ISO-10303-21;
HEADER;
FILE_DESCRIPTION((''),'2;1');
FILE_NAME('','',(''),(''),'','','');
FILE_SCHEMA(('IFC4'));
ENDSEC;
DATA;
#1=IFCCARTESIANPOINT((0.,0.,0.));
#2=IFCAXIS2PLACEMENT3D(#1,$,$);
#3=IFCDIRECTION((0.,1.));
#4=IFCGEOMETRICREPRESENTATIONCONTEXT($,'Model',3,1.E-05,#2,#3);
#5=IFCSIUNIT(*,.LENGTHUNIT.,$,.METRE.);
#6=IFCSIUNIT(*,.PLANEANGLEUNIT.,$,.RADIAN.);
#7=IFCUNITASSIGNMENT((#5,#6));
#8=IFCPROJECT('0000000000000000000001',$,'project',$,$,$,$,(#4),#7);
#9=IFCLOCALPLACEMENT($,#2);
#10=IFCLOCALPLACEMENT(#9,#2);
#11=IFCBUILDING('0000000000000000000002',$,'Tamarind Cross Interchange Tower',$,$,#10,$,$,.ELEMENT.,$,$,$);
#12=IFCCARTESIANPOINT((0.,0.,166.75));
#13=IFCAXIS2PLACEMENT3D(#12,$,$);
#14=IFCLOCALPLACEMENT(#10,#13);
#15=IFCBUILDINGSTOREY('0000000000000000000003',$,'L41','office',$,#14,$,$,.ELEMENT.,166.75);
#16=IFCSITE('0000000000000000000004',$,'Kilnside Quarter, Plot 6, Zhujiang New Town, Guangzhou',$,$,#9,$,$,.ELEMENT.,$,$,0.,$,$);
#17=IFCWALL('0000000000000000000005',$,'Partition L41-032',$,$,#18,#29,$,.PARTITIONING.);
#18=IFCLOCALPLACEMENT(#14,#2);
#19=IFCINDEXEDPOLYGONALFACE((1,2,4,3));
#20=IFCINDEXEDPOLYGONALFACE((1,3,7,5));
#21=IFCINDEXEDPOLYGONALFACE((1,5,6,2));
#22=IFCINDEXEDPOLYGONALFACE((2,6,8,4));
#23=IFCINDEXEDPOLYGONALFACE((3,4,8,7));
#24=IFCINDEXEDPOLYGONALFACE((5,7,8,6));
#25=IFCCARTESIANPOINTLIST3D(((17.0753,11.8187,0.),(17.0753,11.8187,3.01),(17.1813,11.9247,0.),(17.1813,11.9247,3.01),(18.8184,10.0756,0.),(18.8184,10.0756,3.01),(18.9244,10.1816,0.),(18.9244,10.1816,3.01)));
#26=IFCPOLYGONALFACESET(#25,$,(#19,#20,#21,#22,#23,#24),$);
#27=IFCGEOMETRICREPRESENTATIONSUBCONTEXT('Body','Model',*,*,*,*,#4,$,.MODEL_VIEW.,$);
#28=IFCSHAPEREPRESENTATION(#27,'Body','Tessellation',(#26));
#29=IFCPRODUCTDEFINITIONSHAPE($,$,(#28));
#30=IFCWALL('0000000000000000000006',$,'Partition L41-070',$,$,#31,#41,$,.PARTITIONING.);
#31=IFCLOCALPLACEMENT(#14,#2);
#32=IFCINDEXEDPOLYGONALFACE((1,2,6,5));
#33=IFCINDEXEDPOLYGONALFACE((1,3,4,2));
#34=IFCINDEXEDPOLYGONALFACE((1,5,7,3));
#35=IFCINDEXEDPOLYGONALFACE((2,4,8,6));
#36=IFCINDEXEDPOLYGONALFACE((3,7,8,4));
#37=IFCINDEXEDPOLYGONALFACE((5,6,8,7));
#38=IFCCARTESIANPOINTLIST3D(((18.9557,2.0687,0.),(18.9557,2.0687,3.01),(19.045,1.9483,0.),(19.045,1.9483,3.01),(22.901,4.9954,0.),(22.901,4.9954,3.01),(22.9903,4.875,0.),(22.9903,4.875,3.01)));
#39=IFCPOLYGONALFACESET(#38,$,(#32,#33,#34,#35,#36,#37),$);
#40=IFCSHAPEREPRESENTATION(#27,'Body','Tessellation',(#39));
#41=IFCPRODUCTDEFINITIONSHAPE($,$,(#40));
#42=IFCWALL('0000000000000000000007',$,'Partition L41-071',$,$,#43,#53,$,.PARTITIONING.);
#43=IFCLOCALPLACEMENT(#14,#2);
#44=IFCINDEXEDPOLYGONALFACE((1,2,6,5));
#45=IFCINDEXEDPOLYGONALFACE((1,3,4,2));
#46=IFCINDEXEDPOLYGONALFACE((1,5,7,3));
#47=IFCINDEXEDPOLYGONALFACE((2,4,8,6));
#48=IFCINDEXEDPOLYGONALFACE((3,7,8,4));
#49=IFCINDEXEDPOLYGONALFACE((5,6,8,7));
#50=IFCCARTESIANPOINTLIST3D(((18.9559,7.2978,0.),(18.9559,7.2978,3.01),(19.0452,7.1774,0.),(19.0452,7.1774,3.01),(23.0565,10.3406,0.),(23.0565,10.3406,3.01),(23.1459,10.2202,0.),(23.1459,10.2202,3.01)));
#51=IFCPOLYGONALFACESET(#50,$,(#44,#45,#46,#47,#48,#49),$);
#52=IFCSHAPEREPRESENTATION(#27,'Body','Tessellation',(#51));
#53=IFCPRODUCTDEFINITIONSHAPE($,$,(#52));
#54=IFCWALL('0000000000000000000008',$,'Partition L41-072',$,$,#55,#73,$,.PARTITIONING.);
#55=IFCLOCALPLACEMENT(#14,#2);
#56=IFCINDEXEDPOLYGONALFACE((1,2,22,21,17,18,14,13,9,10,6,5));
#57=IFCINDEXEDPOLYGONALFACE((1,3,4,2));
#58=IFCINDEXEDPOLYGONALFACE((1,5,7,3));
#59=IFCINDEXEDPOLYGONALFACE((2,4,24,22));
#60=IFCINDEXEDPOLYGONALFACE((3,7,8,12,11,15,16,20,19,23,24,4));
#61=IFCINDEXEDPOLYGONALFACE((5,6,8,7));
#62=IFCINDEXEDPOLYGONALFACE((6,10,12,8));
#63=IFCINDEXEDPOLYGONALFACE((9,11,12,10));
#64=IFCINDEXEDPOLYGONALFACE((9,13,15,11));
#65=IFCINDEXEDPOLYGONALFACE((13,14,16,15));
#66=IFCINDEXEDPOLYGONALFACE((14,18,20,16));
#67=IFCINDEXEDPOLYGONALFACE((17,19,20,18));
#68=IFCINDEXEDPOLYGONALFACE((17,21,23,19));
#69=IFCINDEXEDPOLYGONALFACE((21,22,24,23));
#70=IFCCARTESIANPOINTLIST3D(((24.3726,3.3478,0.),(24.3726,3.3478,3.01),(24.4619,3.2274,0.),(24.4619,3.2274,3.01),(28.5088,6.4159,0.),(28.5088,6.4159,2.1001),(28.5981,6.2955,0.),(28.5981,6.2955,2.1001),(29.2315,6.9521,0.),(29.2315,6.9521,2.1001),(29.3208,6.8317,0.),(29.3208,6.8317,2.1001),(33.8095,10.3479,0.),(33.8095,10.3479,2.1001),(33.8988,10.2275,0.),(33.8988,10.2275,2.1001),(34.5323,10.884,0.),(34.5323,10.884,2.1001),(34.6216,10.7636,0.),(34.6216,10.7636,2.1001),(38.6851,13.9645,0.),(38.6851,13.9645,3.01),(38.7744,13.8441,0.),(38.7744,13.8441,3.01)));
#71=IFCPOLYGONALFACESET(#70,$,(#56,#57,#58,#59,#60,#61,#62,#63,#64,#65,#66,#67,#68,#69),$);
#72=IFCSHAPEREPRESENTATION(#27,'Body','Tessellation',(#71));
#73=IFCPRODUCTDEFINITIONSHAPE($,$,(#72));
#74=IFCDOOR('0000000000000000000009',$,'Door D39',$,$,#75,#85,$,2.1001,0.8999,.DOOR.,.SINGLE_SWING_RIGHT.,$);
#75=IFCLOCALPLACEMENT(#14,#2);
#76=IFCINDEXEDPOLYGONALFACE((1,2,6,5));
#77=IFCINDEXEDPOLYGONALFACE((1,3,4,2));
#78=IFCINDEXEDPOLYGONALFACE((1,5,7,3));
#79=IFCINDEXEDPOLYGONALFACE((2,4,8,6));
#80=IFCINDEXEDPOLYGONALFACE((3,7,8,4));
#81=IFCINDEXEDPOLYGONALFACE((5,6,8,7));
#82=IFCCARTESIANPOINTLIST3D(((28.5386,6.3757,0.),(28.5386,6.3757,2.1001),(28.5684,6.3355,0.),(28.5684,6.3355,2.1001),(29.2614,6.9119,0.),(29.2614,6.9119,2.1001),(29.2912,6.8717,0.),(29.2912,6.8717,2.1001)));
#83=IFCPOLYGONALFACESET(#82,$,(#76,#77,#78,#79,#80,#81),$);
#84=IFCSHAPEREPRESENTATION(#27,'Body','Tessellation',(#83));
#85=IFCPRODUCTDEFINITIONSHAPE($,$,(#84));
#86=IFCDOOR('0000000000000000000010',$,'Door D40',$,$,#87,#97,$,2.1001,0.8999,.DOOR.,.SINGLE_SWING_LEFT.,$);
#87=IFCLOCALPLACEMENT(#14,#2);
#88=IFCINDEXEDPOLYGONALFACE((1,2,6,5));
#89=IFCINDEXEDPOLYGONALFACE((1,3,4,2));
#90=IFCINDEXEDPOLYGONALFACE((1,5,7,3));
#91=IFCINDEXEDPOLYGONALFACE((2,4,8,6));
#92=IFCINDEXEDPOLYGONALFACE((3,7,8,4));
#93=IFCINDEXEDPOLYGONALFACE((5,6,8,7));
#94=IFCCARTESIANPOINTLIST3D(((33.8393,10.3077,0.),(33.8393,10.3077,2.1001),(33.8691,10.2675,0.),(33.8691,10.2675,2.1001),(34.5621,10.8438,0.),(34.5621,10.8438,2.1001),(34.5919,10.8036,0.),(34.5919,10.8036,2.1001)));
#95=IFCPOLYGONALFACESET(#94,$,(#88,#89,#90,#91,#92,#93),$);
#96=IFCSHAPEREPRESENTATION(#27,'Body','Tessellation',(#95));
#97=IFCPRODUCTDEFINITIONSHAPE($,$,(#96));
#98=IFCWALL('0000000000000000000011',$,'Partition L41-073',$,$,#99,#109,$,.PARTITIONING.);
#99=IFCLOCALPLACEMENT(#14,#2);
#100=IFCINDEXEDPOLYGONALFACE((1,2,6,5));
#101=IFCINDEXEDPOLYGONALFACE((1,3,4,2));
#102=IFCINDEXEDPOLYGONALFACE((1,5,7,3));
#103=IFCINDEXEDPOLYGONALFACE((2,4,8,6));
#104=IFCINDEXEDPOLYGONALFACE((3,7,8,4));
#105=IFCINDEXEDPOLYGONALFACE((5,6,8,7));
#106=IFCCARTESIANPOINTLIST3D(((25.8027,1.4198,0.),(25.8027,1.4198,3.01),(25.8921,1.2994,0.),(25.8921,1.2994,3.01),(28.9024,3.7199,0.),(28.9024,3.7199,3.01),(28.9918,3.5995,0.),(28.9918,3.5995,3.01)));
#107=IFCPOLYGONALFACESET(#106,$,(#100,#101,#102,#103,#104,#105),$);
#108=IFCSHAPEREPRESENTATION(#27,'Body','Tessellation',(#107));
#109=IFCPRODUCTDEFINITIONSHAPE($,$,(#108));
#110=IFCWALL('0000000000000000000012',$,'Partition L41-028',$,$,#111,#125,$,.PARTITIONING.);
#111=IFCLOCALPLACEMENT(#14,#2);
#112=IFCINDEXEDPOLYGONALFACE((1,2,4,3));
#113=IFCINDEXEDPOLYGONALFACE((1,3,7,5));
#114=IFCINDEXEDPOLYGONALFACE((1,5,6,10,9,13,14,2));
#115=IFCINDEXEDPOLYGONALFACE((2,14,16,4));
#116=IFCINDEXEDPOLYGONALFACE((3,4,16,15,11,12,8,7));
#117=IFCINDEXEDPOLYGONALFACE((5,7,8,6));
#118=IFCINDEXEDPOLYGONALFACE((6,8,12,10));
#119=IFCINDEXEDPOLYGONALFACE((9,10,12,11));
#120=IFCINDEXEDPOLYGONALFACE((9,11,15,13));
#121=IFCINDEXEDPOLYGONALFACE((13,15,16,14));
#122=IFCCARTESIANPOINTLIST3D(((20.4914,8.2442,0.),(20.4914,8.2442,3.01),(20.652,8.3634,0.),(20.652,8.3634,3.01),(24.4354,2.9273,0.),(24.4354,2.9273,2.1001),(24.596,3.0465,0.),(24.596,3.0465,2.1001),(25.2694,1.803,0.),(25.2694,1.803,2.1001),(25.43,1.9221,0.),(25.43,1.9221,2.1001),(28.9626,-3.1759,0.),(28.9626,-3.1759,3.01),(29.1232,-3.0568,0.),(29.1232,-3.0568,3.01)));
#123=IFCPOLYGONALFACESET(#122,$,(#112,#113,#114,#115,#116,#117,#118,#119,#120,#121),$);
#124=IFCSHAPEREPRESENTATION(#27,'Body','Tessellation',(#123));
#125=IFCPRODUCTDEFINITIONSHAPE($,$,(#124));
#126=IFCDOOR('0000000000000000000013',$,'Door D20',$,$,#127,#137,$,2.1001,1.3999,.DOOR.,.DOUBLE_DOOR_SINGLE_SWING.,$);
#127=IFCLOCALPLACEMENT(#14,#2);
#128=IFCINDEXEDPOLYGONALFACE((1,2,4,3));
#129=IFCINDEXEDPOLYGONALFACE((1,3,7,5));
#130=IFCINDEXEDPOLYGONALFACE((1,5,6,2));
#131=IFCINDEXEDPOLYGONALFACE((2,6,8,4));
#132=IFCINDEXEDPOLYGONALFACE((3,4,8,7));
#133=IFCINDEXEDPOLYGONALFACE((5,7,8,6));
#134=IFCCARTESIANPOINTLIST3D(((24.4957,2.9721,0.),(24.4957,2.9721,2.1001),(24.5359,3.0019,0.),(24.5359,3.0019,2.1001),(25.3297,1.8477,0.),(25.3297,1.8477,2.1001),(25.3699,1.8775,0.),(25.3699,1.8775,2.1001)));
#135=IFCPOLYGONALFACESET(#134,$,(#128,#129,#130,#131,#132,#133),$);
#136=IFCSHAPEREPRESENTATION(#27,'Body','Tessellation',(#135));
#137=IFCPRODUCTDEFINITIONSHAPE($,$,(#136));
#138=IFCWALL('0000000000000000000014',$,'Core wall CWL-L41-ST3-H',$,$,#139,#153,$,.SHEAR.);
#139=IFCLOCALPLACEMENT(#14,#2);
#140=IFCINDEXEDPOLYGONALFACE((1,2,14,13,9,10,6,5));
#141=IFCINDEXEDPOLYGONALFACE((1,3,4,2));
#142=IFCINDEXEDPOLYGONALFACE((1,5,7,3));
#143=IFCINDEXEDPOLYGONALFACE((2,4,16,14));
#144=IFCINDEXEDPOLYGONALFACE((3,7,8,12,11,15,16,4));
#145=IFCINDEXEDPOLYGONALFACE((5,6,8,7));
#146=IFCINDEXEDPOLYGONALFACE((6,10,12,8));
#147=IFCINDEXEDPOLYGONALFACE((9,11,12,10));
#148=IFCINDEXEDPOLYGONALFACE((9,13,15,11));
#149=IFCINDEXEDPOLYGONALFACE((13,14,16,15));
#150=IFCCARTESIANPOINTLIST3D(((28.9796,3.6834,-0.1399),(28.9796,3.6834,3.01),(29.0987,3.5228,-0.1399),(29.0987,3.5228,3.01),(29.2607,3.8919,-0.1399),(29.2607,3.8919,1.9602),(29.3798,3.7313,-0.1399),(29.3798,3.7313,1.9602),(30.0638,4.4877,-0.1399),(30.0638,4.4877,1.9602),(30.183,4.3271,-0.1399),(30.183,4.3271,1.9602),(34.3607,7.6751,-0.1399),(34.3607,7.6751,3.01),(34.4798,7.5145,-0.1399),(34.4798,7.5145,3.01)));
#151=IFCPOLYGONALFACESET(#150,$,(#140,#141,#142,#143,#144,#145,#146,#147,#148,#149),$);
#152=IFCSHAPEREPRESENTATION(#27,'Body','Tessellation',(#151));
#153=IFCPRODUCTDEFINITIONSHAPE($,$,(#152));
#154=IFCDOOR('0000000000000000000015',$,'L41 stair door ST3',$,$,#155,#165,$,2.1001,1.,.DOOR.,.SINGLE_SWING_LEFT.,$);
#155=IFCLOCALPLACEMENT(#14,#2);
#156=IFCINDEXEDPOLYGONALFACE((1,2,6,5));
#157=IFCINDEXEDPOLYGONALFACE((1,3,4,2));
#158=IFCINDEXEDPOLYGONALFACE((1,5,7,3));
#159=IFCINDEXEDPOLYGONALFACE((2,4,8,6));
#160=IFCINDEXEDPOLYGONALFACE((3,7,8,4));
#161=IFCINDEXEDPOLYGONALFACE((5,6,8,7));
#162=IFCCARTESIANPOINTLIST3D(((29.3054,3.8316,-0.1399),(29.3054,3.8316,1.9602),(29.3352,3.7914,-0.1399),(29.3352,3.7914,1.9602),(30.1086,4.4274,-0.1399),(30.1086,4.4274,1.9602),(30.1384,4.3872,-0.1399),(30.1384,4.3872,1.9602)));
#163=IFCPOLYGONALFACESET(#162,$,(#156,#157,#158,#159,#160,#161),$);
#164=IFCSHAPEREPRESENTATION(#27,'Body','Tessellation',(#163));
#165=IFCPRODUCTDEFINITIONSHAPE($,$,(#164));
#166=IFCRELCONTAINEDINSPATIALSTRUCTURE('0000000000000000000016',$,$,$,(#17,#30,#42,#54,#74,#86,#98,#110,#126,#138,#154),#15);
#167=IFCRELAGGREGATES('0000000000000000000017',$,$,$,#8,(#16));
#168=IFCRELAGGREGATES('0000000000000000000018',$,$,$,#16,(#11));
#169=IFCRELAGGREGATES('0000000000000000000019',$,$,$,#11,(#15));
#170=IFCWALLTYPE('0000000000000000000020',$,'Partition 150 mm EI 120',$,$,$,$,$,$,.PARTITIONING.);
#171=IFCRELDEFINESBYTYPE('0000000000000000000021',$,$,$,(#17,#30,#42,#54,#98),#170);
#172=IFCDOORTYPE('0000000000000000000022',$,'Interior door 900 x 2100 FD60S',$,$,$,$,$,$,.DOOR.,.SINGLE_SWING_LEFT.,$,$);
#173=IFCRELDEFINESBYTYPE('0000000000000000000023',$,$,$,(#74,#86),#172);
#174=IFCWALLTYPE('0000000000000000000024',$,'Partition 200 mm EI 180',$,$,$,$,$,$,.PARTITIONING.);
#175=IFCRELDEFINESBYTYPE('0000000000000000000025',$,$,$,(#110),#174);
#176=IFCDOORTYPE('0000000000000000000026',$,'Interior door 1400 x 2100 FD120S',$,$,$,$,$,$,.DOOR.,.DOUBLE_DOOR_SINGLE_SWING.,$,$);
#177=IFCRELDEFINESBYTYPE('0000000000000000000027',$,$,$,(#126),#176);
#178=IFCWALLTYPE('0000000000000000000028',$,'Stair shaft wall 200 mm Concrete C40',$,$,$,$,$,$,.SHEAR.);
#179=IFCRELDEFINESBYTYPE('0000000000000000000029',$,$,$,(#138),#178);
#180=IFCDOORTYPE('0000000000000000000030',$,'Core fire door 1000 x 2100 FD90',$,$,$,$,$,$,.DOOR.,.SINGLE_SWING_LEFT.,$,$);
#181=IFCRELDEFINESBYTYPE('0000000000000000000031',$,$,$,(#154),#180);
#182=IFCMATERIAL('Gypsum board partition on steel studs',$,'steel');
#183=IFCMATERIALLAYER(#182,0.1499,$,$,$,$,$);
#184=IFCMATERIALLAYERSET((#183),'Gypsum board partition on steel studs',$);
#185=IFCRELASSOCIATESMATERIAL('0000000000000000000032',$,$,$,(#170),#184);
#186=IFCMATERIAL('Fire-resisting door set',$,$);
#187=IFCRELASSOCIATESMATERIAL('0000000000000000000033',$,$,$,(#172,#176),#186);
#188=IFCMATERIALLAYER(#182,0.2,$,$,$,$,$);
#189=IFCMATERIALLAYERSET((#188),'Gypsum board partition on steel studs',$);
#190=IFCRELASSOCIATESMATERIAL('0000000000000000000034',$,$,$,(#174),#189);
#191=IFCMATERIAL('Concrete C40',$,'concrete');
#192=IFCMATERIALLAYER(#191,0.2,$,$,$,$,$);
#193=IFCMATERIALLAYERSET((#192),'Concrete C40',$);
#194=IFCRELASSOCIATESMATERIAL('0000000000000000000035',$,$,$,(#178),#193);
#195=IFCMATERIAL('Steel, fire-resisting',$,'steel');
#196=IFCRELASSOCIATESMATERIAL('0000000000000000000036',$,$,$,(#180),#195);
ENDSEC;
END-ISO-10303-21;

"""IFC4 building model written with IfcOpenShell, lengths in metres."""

from ifc_helpers import new_model, si_unit, direction, frame, frame_2d, origin, place, context, subcontext, project, spatial, rectangle, extrude, material, layer, layer_set, type_object, element, fill, save


model = new_model("IFC4")

# Units and contexts
model_context = context("Model", 3, precision=1e-05, world=origin(), true_north=direction((0.0, 1.0)))
body_context = subcontext(model_context, "Body", "Model", "MODEL_VIEW")
ifc_project = project(units=[si_unit("LENGTHUNIT", "METRE"), si_unit("PLANEANGLEUNIT", "RADIAN")], contexts=[model_context])

# Site, building, storey
site_placement = place(None, origin())
site = spatial("IfcSite", under=ifc_project, at=site_placement, Name="Kilnside Quarter, Plot 6, Zhujiang New Town, Guangzhou", CompositionType="ELEMENT", RefElevation=0.0)
building_placement = place(site_placement, origin())
building = spatial("IfcBuilding", under=site, at=building_placement, Name="Tamarind Cross Interchange Tower", CompositionType="ELEMENT")
storey_placement = place(building_placement, frame((0.0, 0.0, 166.75)))
storey = spatial("IfcBuildingStorey", under=building, at=storey_placement, Name="L41", Description="office", CompositionType="ELEMENT", Elevation=166.75)

# Walls
ifc_material_1 = material(Name="Gypsum board partition on steel studs", Category="steel")
ifc_layer_1 = layer(ifc_material_1, 0.1499)
ifc_layer_set_1 = layer_set([ifc_layer_1], Name="Gypsum board partition on steel studs")
wall_type_1 = type_object("IfcWallType", Name="Partition 150 mm EI 120", PredefinedType="PARTITIONING", material=ifc_layer_set_1)
wall_1_placement = place(storey_placement, frame((17.1284, 11.8716, 0.0), z_axis=(0.0, 0.0, 1.0), x_axis=(0.707107, -0.707107, 0.0)))
element("IfcWall", 1, at=wall_1_placement, inside=storey, type_object=wall_type_1, Name="Partition L41-032", PredefinedType="PARTITIONING", context=body_context, shape_type="SweptSolid", body=[
    extrude(rectangle(XDim=2.4651, YDim=0.1499, at=frame_2d((1.2324, 0.0))), origin(), (0.0, 0.0, 1.0), 3.01),
])
wall_2_placement = place(storey_placement, frame((19.0005, 2.0085, 0.0), z_axis=(0.0, 0.0, 1.0), x_axis=(0.803138, 0.595793, 0.0)))
element("IfcWall", 2, at=wall_2_placement, inside=storey, type_object=wall_type_1, Name="Partition L41-070", PredefinedType="PARTITIONING", context=body_context, shape_type="SweptSolid", body=[
    extrude(rectangle(XDim=4.9124, YDim=0.1499, at=frame_2d((2.4561, 0.0))), origin(), (0.0, 0.0, 1.0), 3.01),
])
wall_3_placement = place(storey_placement, frame((19.0005, 7.2375, 0.0), z_axis=(0.0, 0.0, 1.0), x_axis=(0.803065, 0.595892, 0.0)))
element("IfcWall", 3, at=wall_3_placement, inside=storey, type_object=wall_type_1, Name="Partition L41-071", PredefinedType="PARTITIONING", context=body_context, shape_type="SweptSolid", body=[
    extrude(rectangle(XDim=5.1062, YDim=0.1499, at=frame_2d((2.5532, 0.0))), origin(), (0.0, 0.0, 1.0), 3.01),
])

# Wall, openings, doors
wall_4_placement = place(storey_placement, frame((24.4172, 3.2876, 0.0), z_axis=(0.0, 0.0, 1.0), x_axis=(0.803159, 0.595765, 0.0)))
wall_4 = element("IfcWall", 4, at=wall_4_placement, inside=storey, type_object=wall_type_1, Name="Partition L41-072", PredefinedType="PARTITIONING", context=body_context, shape_type="SweptSolid", body=[
    extrude(rectangle(XDim=17.8203, YDim=0.1499, at=frame_2d((8.9102, 0.0))), origin(), (0.0, 0.0, 1.0), 3.01),
])
opening_1_placement = place(wall_4_placement, frame((5.1499, 0.0, 0.0)))
opening_1 = element("IfcOpeningElement", 5, at=opening_1_placement, cuts=wall_4, PredefinedType="OPENING", context=body_context, shape_type="SweptSolid", body=[
    extrude(rectangle(XDim=0.8999, YDim=2.1001, at=frame_2d((0.45, 1.05))), frame((0.0, 0.085, 0.0), z_axis=(0.0, -1.0, 0.0), x_axis=(1.0, 0.0, 0.0)), (0.0, 0.0, 1.0), 0.1699),
])
opening_2_placement = place(wall_4_placement, frame((11.7498, 0.0, 0.0)))
opening_2 = element("IfcOpeningElement", 6, at=opening_2_placement, cuts=wall_4, PredefinedType="OPENING", context=body_context, shape_type="SweptSolid", body=[
    extrude(rectangle(XDim=0.8999, YDim=2.1001, at=frame_2d((0.45, 1.05))), frame((0.0, 0.085, 0.0), z_axis=(0.0, -1.0, 0.0), x_axis=(1.0, 0.0, 0.0)), (0.0, 0.0, 1.0), 0.1699),
])
ifc_material_2 = material(Name="Fire-resisting door set")
door_type_1 = type_object("IfcDoorType", Name="Interior door 900 x 2100 FD60S", OperationType="SINGLE_SWING_LEFT", PredefinedType="DOOR", material=ifc_material_2)
door_1_placement = place(opening_1_placement, origin())
door_1 = element("IfcDoor", 7, at=door_1_placement, inside=storey, type_object=door_type_1, Name="Door D39", OperationType="SINGLE_SWING_RIGHT", OverallHeight=2.1001, OverallWidth=0.8999, PredefinedType="DOOR", context=body_context, shape_type="SweptSolid", body=[
    extrude(rectangle(XDim=0.8999, YDim=2.1001, at=frame_2d((0.45, 1.05))), frame((0.0, 0.0249, 0.0), z_axis=(0.0, -1.0, 0.0), x_axis=(1.0, 0.0, 0.0)), (0.0, 0.0, 1.0), 0.05),
])
fill(opening_1, door_1)
door_2_placement = place(opening_2_placement, origin())
door_2 = element("IfcDoor", 8, at=door_2_placement, inside=storey, type_object=door_type_1, Name="Door D40", OperationType="SINGLE_SWING_LEFT", OverallHeight=2.1001, OverallWidth=0.8999, PredefinedType="DOOR", context=body_context, shape_type="SweptSolid", body=[
    extrude(rectangle(XDim=0.8999, YDim=2.1001, at=frame_2d((0.45, 1.05))), frame((0.0, 0.0249, 0.0), z_axis=(0.0, -1.0, 0.0), x_axis=(1.0, 0.0, 0.0)), (0.0, 0.0, 1.0), 0.05),
])
fill(opening_2, door_2)

# Wall
wall_5_placement = place(storey_placement, frame((25.8474, 1.3596, 0.0), z_axis=(0.0, 0.0, 1.0), x_axis=(0.803056, 0.595904, 0.0)))
element("IfcWall", 9, at=wall_5_placement, inside=storey, type_object=wall_type_1, Name="Partition L41-073", PredefinedType="PARTITIONING", context=body_context, shape_type="SweptSolid", body=[
    extrude(rectangle(XDim=3.8599, YDim=0.1499, at=frame_2d((1.9299, 0.0))), origin(), (0.0, 0.0, 1.0), 3.01),
])

# Walls, openings, doors
ifc_layer_2 = layer(ifc_material_1, 0.2)
ifc_layer_set_2 = layer_set([ifc_layer_2], Name="Gypsum board partition on steel studs")
wall_type_2 = type_object("IfcWallType", Name="Partition 200 mm EI 180", PredefinedType="PARTITIONING", material=ifc_layer_set_2)
wall_6_placement = place(storey_placement, frame((20.5718, 8.3037, 0.0), z_axis=(0.0, 0.0, 1.0), x_axis=(0.595764, -0.80316, 0.0)))
wall_6 = element("IfcWall", 10, at=wall_6_placement, inside=storey, type_object=wall_type_2, Name="Partition L41-028", PredefinedType="PARTITIONING", context=body_context, shape_type="SweptSolid", body=[
    extrude(rectangle(XDim=14.219, YDim=0.2, at=frame_2d((7.1094, 0.0))), origin(), (0.0, 0.0, 1.0), 3.01),
])
opening_3_placement = place(wall_6_placement, frame((6.6199, 0.0, 0.0)))
opening_3 = element("IfcOpeningElement", 11, at=opening_3_placement, cuts=wall_6, PredefinedType="OPENING", context=body_context, shape_type="SweptSolid", body=[
    extrude(rectangle(XDim=1.3999, YDim=2.1001, at=frame_2d((0.7, 1.05))), frame((0.0, 0.1099, 0.0), z_axis=(0.0, -1.0, 0.0), x_axis=(1.0, 0.0, 0.0)), (0.0, 0.0, 1.0), 0.22),
])
door_type_2 = type_object("IfcDoorType", Name="Interior door 1400 x 2100 FD120S", OperationType="DOUBLE_DOOR_SINGLE_SWING", PredefinedType="DOOR", material=ifc_material_2)
door_3_placement = place(opening_3_placement, frame((1.3999, 0.0, 0.0), z_axis=(0.0, 0.0, 1.0), x_axis=(-1.0, 0.0, 0.0)))
door_3 = element("IfcDoor", 12, at=door_3_placement, inside=storey, type_object=door_type_2, Name="Door D20", OperationType="DOUBLE_DOOR_SINGLE_SWING", OverallHeight=2.1001, OverallWidth=1.3999, PredefinedType="DOOR", context=body_context, shape_type="SweptSolid", body=[
    extrude(rectangle(XDim=1.3999, YDim=2.1001, at=frame_2d((0.7, 1.05))), frame((0.0, 0.0249, 0.0), z_axis=(0.0, -1.0, 0.0), x_axis=(1.0, 0.0, 0.0)), (0.0, 0.0, 1.0), 0.05),
])
fill(opening_3, door_3)
ifc_material_3 = material(Name="Concrete C40", Category="concrete")
ifc_layer_3 = layer(ifc_material_3, 0.2)
ifc_layer_set_3 = layer_set([ifc_layer_3], Name="Concrete C40")
wall_type_3 = type_object("IfcWallType", Name="Stair shaft wall 200 mm Concrete C40", PredefinedType="SHEAR", material=ifc_layer_set_3)
wall_7_placement = place(storey_placement, frame((29.0391, 3.603, -0.1399), z_axis=(0.0, 0.0, 1.0), x_axis=(0.80315, 0.595776, 0.0)))
wall_7 = element("IfcWall", 13, at=wall_7_placement, inside=storey, type_object=wall_type_3, Name="Core wall CWL-L41-ST3-H", PredefinedType="SHEAR", context=body_context, shape_type="SweptSolid", body=[
    extrude(rectangle(XDim=6.7, YDim=0.2, at=frame_2d((3.3501, 0.0))), origin(), (0.0, 0.0, 1.0), 3.1499),
])
opening_4_placement = place(wall_7_placement, frame((0.3501, 0.0, 0.0)))
opening_4 = element("IfcOpeningElement", 14, at=opening_4_placement, cuts=wall_7, PredefinedType="OPENING", context=body_context, shape_type="SweptSolid", body=[
    extrude(rectangle(XDim=1.0, YDim=2.1001, at=frame_2d((0.5, 1.05))), frame((0.0, 0.1099, 0.0), z_axis=(0.0, -1.0, 0.0), x_axis=(1.0, 0.0, 0.0)), (0.0, 0.0, 1.0), 0.22),
])
ifc_material_4 = material(Name="Steel, fire-resisting", Category="steel")
door_type_3 = type_object("IfcDoorType", Name="Core fire door 1000 x 2100 FD90", OperationType="SINGLE_SWING_LEFT", PredefinedType="DOOR", material=ifc_material_4)
door_4_placement = place(opening_4_placement, origin())
door_4 = element("IfcDoor", 15, at=door_4_placement, inside=storey, type_object=door_type_3, Name="L41 stair door ST3", OperationType="SINGLE_SWING_LEFT", OverallHeight=2.1001, OverallWidth=1.0, PredefinedType="DOOR", context=body_context, shape_type="SweptSolid", body=[
    extrude(rectangle(XDim=1.0, YDim=2.1001, at=frame_2d((0.5, 1.05))), frame((0.0, 0.0249, 0.0), z_axis=(0.0, -1.0, 0.0), x_axis=(1.0, 0.0, 0.0)), (0.0, 0.0, 1.0), 0.05),
])
fill(opening_4, door_4)

save(model, "model.ifc")
